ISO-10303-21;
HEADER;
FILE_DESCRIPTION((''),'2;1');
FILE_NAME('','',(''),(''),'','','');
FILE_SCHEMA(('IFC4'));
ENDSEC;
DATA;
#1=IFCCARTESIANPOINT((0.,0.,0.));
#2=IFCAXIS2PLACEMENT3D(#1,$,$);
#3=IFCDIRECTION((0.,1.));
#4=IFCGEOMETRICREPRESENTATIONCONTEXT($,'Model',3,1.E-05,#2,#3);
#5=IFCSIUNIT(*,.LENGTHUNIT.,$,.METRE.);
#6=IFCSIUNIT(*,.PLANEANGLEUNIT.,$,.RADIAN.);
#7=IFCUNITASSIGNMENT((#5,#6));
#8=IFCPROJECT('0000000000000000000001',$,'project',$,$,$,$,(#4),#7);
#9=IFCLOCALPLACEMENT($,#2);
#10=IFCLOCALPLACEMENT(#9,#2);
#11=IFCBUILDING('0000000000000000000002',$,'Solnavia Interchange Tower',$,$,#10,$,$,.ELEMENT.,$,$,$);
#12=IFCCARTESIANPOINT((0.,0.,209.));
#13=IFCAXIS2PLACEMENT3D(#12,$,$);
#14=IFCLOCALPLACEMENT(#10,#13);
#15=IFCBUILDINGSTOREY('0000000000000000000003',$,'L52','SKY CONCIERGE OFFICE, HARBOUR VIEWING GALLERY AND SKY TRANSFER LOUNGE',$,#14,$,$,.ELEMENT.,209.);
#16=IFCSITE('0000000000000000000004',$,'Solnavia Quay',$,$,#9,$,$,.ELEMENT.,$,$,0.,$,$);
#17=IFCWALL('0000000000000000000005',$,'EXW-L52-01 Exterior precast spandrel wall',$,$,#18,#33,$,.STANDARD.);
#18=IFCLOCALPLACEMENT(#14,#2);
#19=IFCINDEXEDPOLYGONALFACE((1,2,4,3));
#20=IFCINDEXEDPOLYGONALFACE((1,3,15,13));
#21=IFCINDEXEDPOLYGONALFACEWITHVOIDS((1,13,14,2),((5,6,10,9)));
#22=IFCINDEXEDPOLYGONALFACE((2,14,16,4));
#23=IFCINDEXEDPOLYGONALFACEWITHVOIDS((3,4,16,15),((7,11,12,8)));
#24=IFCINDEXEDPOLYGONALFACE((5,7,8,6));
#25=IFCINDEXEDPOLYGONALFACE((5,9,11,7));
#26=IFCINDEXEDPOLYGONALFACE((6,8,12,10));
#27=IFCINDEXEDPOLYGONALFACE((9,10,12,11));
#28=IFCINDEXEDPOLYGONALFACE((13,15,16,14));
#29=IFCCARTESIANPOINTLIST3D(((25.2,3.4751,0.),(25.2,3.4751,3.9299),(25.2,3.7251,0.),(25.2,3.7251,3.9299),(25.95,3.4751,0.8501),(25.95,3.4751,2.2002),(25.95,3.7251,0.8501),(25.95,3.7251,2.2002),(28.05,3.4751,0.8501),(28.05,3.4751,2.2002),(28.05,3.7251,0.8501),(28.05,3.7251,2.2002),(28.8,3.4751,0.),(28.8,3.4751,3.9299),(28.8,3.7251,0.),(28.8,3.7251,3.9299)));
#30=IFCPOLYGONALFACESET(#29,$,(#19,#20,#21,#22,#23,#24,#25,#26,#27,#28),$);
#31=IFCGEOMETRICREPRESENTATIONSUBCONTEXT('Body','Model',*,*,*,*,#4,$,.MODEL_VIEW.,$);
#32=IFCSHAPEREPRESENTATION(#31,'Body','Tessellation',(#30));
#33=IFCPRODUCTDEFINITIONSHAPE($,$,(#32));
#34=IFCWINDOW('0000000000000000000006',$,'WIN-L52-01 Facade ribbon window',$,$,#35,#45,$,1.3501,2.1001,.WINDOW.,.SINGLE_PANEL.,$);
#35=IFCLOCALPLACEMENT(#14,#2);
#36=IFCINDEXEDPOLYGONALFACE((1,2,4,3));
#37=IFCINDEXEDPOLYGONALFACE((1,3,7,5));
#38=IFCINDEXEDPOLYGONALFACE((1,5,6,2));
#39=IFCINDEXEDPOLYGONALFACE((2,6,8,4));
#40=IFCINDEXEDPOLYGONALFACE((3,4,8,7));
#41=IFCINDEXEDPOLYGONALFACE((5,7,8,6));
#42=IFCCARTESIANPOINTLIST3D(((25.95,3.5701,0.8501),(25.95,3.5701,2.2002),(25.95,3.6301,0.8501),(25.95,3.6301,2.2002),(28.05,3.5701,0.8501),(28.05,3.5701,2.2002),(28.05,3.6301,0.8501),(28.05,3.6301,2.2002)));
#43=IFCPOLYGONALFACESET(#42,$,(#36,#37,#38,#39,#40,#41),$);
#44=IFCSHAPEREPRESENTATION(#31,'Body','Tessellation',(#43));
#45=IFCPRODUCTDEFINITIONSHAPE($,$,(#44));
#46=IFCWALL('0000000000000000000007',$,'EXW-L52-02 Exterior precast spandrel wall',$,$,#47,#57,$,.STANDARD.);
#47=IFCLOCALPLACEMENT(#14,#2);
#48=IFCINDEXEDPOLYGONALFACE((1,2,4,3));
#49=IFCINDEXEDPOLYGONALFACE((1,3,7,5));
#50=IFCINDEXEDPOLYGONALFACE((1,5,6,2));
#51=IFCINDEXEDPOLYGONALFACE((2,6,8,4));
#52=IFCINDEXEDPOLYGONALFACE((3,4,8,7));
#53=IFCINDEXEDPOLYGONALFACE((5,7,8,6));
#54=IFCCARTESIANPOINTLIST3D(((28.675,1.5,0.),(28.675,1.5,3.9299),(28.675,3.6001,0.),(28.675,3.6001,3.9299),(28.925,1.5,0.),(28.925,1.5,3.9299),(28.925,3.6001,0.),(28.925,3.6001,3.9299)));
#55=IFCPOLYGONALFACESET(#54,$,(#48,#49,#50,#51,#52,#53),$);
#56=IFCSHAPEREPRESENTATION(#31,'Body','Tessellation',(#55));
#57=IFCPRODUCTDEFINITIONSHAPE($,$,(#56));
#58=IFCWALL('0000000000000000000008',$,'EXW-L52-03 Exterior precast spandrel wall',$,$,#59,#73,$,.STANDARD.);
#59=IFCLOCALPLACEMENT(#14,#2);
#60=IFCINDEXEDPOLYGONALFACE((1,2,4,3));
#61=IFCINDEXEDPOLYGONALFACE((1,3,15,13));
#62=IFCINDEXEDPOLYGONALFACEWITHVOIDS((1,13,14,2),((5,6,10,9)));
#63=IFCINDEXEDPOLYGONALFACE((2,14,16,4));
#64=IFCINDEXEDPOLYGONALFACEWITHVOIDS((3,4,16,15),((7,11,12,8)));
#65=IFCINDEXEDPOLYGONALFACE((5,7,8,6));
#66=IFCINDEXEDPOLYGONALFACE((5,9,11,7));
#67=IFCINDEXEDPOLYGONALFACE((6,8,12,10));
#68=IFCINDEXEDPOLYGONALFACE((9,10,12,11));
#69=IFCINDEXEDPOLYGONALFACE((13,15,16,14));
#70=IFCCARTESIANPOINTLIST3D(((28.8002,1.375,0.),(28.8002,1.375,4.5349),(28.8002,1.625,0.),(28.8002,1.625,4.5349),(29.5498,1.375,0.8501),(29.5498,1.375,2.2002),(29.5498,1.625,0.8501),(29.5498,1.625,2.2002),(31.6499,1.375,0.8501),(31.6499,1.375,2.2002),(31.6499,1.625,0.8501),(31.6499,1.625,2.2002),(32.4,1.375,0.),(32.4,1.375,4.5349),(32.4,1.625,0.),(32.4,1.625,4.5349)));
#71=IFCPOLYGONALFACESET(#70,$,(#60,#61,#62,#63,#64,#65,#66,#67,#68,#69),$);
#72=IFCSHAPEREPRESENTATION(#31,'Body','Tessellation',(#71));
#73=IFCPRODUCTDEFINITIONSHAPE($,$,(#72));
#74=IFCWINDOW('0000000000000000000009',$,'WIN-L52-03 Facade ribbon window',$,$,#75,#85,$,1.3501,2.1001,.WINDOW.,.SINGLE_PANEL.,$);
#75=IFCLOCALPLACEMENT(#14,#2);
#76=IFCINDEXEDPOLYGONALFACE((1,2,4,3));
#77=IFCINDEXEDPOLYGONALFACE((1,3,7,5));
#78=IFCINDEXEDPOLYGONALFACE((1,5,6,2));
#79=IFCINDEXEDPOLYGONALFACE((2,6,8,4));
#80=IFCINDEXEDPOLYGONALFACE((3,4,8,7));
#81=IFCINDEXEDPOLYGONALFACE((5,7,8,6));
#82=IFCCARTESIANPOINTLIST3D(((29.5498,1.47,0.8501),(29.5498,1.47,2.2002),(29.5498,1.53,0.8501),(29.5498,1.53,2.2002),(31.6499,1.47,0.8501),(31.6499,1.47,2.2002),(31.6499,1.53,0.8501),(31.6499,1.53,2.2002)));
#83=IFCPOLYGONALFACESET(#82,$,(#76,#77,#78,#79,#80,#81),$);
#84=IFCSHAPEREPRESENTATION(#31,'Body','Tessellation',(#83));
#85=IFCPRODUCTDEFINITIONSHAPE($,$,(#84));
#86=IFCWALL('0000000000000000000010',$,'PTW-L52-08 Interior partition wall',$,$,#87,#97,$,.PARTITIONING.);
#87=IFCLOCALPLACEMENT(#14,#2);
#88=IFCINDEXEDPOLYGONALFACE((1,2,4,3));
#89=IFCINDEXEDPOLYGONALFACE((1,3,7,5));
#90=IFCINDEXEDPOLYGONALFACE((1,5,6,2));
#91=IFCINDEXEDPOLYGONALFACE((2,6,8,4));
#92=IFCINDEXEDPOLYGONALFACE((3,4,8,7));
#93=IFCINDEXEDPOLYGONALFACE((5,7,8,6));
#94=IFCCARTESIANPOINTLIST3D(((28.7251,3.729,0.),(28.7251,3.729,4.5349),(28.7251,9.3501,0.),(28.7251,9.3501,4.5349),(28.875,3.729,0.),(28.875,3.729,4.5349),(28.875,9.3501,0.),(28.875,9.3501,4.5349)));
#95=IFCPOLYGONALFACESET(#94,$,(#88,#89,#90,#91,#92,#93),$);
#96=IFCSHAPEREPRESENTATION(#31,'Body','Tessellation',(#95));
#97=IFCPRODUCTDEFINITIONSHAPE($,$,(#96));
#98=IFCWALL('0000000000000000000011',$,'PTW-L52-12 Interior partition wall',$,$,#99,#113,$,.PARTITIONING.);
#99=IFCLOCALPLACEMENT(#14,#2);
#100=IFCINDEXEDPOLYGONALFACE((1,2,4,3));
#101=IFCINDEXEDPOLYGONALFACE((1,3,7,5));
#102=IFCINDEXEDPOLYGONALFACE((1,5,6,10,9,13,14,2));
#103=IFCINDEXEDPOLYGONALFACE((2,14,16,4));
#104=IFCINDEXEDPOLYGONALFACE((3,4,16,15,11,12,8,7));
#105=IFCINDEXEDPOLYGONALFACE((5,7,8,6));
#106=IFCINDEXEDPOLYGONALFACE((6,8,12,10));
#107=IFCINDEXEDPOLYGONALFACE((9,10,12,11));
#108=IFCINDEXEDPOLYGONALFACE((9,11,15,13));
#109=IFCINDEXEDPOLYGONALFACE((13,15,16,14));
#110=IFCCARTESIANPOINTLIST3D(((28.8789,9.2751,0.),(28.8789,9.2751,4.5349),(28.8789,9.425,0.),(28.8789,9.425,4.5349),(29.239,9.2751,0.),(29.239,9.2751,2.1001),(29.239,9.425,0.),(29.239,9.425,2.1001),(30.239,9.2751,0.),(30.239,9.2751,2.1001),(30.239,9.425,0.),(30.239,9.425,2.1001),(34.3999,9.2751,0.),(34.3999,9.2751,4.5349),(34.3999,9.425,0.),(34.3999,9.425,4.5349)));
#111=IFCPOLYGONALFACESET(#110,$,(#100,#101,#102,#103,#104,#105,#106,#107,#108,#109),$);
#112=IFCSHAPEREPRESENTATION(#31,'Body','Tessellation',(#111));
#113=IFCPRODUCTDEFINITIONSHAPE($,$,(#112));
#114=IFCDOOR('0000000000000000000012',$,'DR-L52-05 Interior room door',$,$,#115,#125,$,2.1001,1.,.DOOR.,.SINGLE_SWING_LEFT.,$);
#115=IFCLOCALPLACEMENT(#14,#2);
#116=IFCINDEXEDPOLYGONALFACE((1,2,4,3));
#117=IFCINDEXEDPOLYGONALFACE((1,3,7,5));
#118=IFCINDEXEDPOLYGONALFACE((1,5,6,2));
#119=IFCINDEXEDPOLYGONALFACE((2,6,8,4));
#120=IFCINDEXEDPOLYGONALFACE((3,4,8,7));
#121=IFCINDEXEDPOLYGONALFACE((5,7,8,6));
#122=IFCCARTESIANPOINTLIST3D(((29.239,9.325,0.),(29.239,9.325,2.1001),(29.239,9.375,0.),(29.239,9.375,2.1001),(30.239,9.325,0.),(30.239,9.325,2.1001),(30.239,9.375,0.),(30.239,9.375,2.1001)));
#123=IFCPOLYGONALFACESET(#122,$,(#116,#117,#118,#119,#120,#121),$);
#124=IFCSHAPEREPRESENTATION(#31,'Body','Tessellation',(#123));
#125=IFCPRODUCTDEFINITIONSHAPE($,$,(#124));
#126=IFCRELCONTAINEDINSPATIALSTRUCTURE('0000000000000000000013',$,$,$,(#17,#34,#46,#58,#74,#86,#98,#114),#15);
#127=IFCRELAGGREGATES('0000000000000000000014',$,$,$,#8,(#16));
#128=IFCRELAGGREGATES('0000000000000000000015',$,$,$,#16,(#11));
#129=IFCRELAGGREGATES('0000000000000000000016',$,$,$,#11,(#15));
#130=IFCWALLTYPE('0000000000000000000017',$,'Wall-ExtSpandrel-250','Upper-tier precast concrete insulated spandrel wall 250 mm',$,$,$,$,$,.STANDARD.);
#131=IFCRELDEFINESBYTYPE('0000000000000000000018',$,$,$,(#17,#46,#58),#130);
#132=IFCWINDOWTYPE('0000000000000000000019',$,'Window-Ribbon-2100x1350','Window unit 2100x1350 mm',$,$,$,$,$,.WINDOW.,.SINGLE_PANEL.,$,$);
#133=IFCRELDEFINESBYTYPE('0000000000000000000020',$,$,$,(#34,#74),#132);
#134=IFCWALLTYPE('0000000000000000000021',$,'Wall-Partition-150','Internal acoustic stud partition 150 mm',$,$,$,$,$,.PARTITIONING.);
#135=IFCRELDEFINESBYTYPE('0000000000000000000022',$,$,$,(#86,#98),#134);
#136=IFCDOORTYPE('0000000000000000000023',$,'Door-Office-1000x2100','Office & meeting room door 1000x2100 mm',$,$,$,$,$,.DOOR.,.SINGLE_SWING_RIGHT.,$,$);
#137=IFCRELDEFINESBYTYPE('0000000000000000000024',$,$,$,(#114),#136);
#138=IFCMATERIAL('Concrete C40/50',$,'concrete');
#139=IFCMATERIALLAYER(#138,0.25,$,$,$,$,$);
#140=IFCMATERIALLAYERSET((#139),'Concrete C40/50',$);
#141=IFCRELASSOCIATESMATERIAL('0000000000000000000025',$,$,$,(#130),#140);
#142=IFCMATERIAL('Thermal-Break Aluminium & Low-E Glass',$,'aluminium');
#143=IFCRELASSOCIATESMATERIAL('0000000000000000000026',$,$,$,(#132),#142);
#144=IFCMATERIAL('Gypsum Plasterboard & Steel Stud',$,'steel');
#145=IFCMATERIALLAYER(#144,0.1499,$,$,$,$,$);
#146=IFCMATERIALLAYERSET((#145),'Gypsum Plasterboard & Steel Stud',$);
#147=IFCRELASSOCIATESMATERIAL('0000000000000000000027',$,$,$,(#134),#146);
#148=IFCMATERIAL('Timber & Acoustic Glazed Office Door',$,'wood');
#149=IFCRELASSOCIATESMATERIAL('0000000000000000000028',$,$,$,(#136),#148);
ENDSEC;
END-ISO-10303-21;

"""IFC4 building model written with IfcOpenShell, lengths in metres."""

from ifc_helpers import new_model, si_unit, direction, frame, frame_2d, origin, place, context, subcontext, project, spatial, rectangle, extrude, material, layer, layer_set, type_object, element, fill, save


model = new_model("IFC4")

# Units and contexts
model_context = context("Model", 3, precision=1e-05, world=origin(), true_north=direction((0.0, 1.0)))
body_context = subcontext(model_context, "Body", "Model", "MODEL_VIEW")
ifc_project = project(units=[si_unit("LENGTHUNIT", "METRE"), si_unit("PLANEANGLEUNIT", "RADIAN")], contexts=[model_context])

# Site, building, storey
site_placement = place(None, origin())
site = spatial("IfcSite", under=ifc_project, at=site_placement, Name="Solnavia Quay", CompositionType="ELEMENT", RefElevation=0.0)
building_placement = place(site_placement, origin())
building = spatial("IfcBuilding", under=site, at=building_placement, Name="Solnavia Interchange Tower", CompositionType="ELEMENT")
storey_placement = place(building_placement, frame((0.0, 0.0, 209.0)))
storey = spatial("IfcBuildingStorey", under=building, at=storey_placement, Name="L52", Description="SKY CONCIERGE OFFICE, HARBOUR VIEWING GALLERY AND SKY TRANSFER LOUNGE", CompositionType="ELEMENT", Elevation=209.0)

# Wall, opening, window
ifc_material_1 = material(Name="Concrete C40/50", Category="concrete")
ifc_layer_1 = layer(ifc_material_1, 0.25)
ifc_layer_set_1 = layer_set([ifc_layer_1], Name="Concrete C40/50")
wall_type_1 = type_object("IfcWallType", Name="Wall-ExtSpandrel-250", Description="Upper-tier precast concrete insulated spandrel wall 250 mm", PredefinedType="STANDARD", material=ifc_layer_set_1)
wall_1_placement = place(storey_placement, frame((28.8, 3.6001, 0.0), z_axis=(0.0, 0.0, 1.0), x_axis=(-1.0, 0.0, 0.0)))
wall_1 = element("IfcWall", 1, at=wall_1_placement, inside=storey, type_object=wall_type_1, Name="EXW-L52-01 Exterior precast spandrel wall", PredefinedType="STANDARD", context=body_context, shape_type="SweptSolid", body=[
    extrude(rectangle(XDim=3.6001, YDim=0.25, at=frame_2d((1.8, 0.0))), origin(), (0.0, 0.0, 1.0), 3.9299),
])
opening_1_placement = place(wall_1_placement, frame((0.75, 0.0, 0.8501)))
opening_1 = element("IfcOpeningElement", 2, at=opening_1_placement, cuts=wall_1, PredefinedType="OPENING", context=body_context, shape_type="SweptSolid", body=[
    extrude(rectangle(XDim=2.1001, YDim=1.3501, at=frame_2d((1.05, 0.675))), frame((0.0, 0.135, 0.0), z_axis=(0.0, -1.0, 0.0), x_axis=(1.0, 0.0, 0.0)), (0.0, 0.0, 1.0), 0.27),
])
ifc_material_2 = material(Name="Thermal-Break Aluminium & Low-E Glass", Category="aluminium")
window_type = type_object("IfcWindowType", Name="Window-Ribbon-2100x1350", Description="Window unit 2100x1350 mm", PartitioningType="SINGLE_PANEL", PredefinedType="WINDOW", material=ifc_material_2)
window_1_placement = place(opening_1_placement, origin())
window_1 = element("IfcWindow", 3, at=window_1_placement, inside=storey, type_object=window_type, Name="WIN-L52-01 Facade ribbon window", OverallHeight=1.3501, OverallWidth=2.1001, PartitioningType="SINGLE_PANEL", PredefinedType="WINDOW", context=body_context, shape_type="SweptSolid", body=[
    extrude(rectangle(XDim=2.1001, YDim=1.3501, at=frame_2d((1.05, 0.675))), frame((0.0, 0.03, 0.0), z_axis=(0.0, -1.0, 0.0), x_axis=(1.0, 0.0, 0.0)), (0.0, 0.0, 1.0), 0.0601),
])
fill(opening_1, window_1)

# Wall
wall_2_placement = place(storey_placement, frame((28.8, 3.6001, 0.0), z_axis=(0.0, 0.0, 1.0), x_axis=(0.0, -1.0, 0.0)))
element("IfcWall", 4, at=wall_2_placement, inside=storey, type_object=wall_type_1, Name="EXW-L52-02 Exterior precast spandrel wall", PredefinedType="STANDARD", context=body_context, shape_type="SweptSolid", body=[
    extrude(rectangle(XDim=2.1001, YDim=0.25, at=frame_2d((1.05, 0.0))), origin(), (0.0, 0.0, 1.0), 3.9299),
])

# Wall, opening, window
wall_3_placement = place(storey_placement, frame((32.3999, 1.5, 0.0), z_axis=(0.0, 0.0, 1.0), x_axis=(-1.0, 0.0, 0.0)))
wall_3 = element("IfcWall", 5, at=wall_3_placement, inside=storey, type_object=wall_type_1, Name="EXW-L52-03 Exterior precast spandrel wall", PredefinedType="STANDARD", context=body_context, shape_type="SweptSolid", body=[
    extrude(rectangle(XDim=3.5999, YDim=0.25, at=frame_2d((1.7998, 0.0))), origin(), (0.0, 0.0, 1.0), 4.5349),
])
opening_2_placement = place(wall_3_placement, frame((0.75, 0.0, 0.8501)))
opening_2 = element("IfcOpeningElement", 6, at=opening_2_placement, cuts=wall_3, PredefinedType="OPENING", context=body_context, shape_type="SweptSolid", body=[
    extrude(rectangle(XDim=2.1001, YDim=1.3501, at=frame_2d((1.05, 0.675))), frame((0.0, 0.135, 0.0), z_axis=(0.0, -1.0, 0.0), x_axis=(1.0, 0.0, 0.0)), (0.0, 0.0, 1.0), 0.27),
])
window_2_placement = place(opening_2_placement, origin())
window_2 = element("IfcWindow", 7, at=window_2_placement, inside=storey, type_object=window_type, Name="WIN-L52-03 Facade ribbon window", OverallHeight=1.3501, OverallWidth=2.1001, PartitioningType="SINGLE_PANEL", PredefinedType="WINDOW", context=body_context, shape_type="SweptSolid", body=[
    extrude(rectangle(XDim=2.1001, YDim=1.3501, at=frame_2d((1.05, 0.675))), frame((0.0, 0.03, 0.0), z_axis=(0.0, -1.0, 0.0), x_axis=(1.0, 0.0, 0.0)), (0.0, 0.0, 1.0), 0.0601),
])
fill(opening_2, window_2)

# Wall
ifc_material_3 = material(Name="Gypsum Plasterboard & Steel Stud", Category="steel")
ifc_layer_2 = layer(ifc_material_3, 0.1499)
ifc_layer_set_2 = layer_set([ifc_layer_2], Name="Gypsum Plasterboard & Steel Stud")
wall_type_2 = type_object("IfcWallType", Name="Wall-Partition-150", Description="Internal acoustic stud partition 150 mm", PredefinedType="PARTITIONING", material=ifc_layer_set_2)
wall_4_placement = place(storey_placement, frame((28.8, 9.3501, 0.0), z_axis=(0.0, 0.0, 1.0), x_axis=(0.0, -1.0, 0.0)))
element("IfcWall", 8, at=wall_4_placement, inside=storey, type_object=wall_type_2, Name="PTW-L52-08 Interior partition wall", PredefinedType="PARTITIONING", context=body_context, shape_type="SweptSolid", body=[
    extrude(rectangle(XDim=5.6211, YDim=0.1499, at=frame_2d((2.8105, 0.0))), origin(), (0.0, 0.0, 1.0), 4.5349),
])

# Wall, opening, door
wall_5_placement = place(storey_placement, frame((28.8789, 9.3501, 0.0), z_axis=(0.0, 0.0, 1.0), x_axis=(1.0, 0.0, 0.0)))
wall_5 = element("IfcWall", 9, at=wall_5_placement, inside=storey, type_object=wall_type_2, Name="PTW-L52-12 Interior partition wall", PredefinedType="PARTITIONING", context=body_context, shape_type="SweptSolid", body=[
    extrude(rectangle(XDim=5.521, YDim=0.1499, at=frame_2d((2.7605, 0.0))), origin(), (0.0, 0.0, 1.0), 4.5349),
])
opening_3_placement = place(wall_5_placement, frame((0.3601, 0.0, 0.0)))
opening_3 = element("IfcOpeningElement", 10, at=opening_3_placement, cuts=wall_5, PredefinedType="OPENING", context=body_context, shape_type="SweptSolid", body=[
    extrude(rectangle(XDim=1.0, YDim=2.1001, at=frame_2d((0.5, 1.05))), frame((0.0, 0.085, 0.0), z_axis=(0.0, -1.0, 0.0), x_axis=(1.0, 0.0, 0.0)), (0.0, 0.0, 1.0), 0.1699),
])
ifc_material_4 = material(Name="Timber & Acoustic Glazed Office Door", Category="wood")
door_type_1 = type_object("IfcDoorType", Name="Door-Office-1000x2100", Description="Office & meeting room door 1000x2100 mm", OperationType="SINGLE_SWING_RIGHT", PredefinedType="DOOR", material=ifc_material_4)
door_1_placement = place(opening_3_placement, origin())
door_1 = element("IfcDoor", 11, at=door_1_placement, inside=storey, type_object=door_type_1, Name="DR-L52-05 Interior room door", OperationType="SINGLE_SWING_LEFT", OverallHeight=2.1001, OverallWidth=1.0, PredefinedType="DOOR", context=body_context, shape_type="SweptSolid", body=[
    extrude(rectangle(XDim=1.0, YDim=2.1001, at=frame_2d((0.5, 1.05))), frame((0.0, 0.0249, 0.0), z_axis=(0.0, -1.0, 0.0), x_axis=(1.0, 0.0, 0.0)), (0.0, 0.0, 1.0), 0.05),
])
fill(opening_3, door_1)

save(model, "model.ifc")
